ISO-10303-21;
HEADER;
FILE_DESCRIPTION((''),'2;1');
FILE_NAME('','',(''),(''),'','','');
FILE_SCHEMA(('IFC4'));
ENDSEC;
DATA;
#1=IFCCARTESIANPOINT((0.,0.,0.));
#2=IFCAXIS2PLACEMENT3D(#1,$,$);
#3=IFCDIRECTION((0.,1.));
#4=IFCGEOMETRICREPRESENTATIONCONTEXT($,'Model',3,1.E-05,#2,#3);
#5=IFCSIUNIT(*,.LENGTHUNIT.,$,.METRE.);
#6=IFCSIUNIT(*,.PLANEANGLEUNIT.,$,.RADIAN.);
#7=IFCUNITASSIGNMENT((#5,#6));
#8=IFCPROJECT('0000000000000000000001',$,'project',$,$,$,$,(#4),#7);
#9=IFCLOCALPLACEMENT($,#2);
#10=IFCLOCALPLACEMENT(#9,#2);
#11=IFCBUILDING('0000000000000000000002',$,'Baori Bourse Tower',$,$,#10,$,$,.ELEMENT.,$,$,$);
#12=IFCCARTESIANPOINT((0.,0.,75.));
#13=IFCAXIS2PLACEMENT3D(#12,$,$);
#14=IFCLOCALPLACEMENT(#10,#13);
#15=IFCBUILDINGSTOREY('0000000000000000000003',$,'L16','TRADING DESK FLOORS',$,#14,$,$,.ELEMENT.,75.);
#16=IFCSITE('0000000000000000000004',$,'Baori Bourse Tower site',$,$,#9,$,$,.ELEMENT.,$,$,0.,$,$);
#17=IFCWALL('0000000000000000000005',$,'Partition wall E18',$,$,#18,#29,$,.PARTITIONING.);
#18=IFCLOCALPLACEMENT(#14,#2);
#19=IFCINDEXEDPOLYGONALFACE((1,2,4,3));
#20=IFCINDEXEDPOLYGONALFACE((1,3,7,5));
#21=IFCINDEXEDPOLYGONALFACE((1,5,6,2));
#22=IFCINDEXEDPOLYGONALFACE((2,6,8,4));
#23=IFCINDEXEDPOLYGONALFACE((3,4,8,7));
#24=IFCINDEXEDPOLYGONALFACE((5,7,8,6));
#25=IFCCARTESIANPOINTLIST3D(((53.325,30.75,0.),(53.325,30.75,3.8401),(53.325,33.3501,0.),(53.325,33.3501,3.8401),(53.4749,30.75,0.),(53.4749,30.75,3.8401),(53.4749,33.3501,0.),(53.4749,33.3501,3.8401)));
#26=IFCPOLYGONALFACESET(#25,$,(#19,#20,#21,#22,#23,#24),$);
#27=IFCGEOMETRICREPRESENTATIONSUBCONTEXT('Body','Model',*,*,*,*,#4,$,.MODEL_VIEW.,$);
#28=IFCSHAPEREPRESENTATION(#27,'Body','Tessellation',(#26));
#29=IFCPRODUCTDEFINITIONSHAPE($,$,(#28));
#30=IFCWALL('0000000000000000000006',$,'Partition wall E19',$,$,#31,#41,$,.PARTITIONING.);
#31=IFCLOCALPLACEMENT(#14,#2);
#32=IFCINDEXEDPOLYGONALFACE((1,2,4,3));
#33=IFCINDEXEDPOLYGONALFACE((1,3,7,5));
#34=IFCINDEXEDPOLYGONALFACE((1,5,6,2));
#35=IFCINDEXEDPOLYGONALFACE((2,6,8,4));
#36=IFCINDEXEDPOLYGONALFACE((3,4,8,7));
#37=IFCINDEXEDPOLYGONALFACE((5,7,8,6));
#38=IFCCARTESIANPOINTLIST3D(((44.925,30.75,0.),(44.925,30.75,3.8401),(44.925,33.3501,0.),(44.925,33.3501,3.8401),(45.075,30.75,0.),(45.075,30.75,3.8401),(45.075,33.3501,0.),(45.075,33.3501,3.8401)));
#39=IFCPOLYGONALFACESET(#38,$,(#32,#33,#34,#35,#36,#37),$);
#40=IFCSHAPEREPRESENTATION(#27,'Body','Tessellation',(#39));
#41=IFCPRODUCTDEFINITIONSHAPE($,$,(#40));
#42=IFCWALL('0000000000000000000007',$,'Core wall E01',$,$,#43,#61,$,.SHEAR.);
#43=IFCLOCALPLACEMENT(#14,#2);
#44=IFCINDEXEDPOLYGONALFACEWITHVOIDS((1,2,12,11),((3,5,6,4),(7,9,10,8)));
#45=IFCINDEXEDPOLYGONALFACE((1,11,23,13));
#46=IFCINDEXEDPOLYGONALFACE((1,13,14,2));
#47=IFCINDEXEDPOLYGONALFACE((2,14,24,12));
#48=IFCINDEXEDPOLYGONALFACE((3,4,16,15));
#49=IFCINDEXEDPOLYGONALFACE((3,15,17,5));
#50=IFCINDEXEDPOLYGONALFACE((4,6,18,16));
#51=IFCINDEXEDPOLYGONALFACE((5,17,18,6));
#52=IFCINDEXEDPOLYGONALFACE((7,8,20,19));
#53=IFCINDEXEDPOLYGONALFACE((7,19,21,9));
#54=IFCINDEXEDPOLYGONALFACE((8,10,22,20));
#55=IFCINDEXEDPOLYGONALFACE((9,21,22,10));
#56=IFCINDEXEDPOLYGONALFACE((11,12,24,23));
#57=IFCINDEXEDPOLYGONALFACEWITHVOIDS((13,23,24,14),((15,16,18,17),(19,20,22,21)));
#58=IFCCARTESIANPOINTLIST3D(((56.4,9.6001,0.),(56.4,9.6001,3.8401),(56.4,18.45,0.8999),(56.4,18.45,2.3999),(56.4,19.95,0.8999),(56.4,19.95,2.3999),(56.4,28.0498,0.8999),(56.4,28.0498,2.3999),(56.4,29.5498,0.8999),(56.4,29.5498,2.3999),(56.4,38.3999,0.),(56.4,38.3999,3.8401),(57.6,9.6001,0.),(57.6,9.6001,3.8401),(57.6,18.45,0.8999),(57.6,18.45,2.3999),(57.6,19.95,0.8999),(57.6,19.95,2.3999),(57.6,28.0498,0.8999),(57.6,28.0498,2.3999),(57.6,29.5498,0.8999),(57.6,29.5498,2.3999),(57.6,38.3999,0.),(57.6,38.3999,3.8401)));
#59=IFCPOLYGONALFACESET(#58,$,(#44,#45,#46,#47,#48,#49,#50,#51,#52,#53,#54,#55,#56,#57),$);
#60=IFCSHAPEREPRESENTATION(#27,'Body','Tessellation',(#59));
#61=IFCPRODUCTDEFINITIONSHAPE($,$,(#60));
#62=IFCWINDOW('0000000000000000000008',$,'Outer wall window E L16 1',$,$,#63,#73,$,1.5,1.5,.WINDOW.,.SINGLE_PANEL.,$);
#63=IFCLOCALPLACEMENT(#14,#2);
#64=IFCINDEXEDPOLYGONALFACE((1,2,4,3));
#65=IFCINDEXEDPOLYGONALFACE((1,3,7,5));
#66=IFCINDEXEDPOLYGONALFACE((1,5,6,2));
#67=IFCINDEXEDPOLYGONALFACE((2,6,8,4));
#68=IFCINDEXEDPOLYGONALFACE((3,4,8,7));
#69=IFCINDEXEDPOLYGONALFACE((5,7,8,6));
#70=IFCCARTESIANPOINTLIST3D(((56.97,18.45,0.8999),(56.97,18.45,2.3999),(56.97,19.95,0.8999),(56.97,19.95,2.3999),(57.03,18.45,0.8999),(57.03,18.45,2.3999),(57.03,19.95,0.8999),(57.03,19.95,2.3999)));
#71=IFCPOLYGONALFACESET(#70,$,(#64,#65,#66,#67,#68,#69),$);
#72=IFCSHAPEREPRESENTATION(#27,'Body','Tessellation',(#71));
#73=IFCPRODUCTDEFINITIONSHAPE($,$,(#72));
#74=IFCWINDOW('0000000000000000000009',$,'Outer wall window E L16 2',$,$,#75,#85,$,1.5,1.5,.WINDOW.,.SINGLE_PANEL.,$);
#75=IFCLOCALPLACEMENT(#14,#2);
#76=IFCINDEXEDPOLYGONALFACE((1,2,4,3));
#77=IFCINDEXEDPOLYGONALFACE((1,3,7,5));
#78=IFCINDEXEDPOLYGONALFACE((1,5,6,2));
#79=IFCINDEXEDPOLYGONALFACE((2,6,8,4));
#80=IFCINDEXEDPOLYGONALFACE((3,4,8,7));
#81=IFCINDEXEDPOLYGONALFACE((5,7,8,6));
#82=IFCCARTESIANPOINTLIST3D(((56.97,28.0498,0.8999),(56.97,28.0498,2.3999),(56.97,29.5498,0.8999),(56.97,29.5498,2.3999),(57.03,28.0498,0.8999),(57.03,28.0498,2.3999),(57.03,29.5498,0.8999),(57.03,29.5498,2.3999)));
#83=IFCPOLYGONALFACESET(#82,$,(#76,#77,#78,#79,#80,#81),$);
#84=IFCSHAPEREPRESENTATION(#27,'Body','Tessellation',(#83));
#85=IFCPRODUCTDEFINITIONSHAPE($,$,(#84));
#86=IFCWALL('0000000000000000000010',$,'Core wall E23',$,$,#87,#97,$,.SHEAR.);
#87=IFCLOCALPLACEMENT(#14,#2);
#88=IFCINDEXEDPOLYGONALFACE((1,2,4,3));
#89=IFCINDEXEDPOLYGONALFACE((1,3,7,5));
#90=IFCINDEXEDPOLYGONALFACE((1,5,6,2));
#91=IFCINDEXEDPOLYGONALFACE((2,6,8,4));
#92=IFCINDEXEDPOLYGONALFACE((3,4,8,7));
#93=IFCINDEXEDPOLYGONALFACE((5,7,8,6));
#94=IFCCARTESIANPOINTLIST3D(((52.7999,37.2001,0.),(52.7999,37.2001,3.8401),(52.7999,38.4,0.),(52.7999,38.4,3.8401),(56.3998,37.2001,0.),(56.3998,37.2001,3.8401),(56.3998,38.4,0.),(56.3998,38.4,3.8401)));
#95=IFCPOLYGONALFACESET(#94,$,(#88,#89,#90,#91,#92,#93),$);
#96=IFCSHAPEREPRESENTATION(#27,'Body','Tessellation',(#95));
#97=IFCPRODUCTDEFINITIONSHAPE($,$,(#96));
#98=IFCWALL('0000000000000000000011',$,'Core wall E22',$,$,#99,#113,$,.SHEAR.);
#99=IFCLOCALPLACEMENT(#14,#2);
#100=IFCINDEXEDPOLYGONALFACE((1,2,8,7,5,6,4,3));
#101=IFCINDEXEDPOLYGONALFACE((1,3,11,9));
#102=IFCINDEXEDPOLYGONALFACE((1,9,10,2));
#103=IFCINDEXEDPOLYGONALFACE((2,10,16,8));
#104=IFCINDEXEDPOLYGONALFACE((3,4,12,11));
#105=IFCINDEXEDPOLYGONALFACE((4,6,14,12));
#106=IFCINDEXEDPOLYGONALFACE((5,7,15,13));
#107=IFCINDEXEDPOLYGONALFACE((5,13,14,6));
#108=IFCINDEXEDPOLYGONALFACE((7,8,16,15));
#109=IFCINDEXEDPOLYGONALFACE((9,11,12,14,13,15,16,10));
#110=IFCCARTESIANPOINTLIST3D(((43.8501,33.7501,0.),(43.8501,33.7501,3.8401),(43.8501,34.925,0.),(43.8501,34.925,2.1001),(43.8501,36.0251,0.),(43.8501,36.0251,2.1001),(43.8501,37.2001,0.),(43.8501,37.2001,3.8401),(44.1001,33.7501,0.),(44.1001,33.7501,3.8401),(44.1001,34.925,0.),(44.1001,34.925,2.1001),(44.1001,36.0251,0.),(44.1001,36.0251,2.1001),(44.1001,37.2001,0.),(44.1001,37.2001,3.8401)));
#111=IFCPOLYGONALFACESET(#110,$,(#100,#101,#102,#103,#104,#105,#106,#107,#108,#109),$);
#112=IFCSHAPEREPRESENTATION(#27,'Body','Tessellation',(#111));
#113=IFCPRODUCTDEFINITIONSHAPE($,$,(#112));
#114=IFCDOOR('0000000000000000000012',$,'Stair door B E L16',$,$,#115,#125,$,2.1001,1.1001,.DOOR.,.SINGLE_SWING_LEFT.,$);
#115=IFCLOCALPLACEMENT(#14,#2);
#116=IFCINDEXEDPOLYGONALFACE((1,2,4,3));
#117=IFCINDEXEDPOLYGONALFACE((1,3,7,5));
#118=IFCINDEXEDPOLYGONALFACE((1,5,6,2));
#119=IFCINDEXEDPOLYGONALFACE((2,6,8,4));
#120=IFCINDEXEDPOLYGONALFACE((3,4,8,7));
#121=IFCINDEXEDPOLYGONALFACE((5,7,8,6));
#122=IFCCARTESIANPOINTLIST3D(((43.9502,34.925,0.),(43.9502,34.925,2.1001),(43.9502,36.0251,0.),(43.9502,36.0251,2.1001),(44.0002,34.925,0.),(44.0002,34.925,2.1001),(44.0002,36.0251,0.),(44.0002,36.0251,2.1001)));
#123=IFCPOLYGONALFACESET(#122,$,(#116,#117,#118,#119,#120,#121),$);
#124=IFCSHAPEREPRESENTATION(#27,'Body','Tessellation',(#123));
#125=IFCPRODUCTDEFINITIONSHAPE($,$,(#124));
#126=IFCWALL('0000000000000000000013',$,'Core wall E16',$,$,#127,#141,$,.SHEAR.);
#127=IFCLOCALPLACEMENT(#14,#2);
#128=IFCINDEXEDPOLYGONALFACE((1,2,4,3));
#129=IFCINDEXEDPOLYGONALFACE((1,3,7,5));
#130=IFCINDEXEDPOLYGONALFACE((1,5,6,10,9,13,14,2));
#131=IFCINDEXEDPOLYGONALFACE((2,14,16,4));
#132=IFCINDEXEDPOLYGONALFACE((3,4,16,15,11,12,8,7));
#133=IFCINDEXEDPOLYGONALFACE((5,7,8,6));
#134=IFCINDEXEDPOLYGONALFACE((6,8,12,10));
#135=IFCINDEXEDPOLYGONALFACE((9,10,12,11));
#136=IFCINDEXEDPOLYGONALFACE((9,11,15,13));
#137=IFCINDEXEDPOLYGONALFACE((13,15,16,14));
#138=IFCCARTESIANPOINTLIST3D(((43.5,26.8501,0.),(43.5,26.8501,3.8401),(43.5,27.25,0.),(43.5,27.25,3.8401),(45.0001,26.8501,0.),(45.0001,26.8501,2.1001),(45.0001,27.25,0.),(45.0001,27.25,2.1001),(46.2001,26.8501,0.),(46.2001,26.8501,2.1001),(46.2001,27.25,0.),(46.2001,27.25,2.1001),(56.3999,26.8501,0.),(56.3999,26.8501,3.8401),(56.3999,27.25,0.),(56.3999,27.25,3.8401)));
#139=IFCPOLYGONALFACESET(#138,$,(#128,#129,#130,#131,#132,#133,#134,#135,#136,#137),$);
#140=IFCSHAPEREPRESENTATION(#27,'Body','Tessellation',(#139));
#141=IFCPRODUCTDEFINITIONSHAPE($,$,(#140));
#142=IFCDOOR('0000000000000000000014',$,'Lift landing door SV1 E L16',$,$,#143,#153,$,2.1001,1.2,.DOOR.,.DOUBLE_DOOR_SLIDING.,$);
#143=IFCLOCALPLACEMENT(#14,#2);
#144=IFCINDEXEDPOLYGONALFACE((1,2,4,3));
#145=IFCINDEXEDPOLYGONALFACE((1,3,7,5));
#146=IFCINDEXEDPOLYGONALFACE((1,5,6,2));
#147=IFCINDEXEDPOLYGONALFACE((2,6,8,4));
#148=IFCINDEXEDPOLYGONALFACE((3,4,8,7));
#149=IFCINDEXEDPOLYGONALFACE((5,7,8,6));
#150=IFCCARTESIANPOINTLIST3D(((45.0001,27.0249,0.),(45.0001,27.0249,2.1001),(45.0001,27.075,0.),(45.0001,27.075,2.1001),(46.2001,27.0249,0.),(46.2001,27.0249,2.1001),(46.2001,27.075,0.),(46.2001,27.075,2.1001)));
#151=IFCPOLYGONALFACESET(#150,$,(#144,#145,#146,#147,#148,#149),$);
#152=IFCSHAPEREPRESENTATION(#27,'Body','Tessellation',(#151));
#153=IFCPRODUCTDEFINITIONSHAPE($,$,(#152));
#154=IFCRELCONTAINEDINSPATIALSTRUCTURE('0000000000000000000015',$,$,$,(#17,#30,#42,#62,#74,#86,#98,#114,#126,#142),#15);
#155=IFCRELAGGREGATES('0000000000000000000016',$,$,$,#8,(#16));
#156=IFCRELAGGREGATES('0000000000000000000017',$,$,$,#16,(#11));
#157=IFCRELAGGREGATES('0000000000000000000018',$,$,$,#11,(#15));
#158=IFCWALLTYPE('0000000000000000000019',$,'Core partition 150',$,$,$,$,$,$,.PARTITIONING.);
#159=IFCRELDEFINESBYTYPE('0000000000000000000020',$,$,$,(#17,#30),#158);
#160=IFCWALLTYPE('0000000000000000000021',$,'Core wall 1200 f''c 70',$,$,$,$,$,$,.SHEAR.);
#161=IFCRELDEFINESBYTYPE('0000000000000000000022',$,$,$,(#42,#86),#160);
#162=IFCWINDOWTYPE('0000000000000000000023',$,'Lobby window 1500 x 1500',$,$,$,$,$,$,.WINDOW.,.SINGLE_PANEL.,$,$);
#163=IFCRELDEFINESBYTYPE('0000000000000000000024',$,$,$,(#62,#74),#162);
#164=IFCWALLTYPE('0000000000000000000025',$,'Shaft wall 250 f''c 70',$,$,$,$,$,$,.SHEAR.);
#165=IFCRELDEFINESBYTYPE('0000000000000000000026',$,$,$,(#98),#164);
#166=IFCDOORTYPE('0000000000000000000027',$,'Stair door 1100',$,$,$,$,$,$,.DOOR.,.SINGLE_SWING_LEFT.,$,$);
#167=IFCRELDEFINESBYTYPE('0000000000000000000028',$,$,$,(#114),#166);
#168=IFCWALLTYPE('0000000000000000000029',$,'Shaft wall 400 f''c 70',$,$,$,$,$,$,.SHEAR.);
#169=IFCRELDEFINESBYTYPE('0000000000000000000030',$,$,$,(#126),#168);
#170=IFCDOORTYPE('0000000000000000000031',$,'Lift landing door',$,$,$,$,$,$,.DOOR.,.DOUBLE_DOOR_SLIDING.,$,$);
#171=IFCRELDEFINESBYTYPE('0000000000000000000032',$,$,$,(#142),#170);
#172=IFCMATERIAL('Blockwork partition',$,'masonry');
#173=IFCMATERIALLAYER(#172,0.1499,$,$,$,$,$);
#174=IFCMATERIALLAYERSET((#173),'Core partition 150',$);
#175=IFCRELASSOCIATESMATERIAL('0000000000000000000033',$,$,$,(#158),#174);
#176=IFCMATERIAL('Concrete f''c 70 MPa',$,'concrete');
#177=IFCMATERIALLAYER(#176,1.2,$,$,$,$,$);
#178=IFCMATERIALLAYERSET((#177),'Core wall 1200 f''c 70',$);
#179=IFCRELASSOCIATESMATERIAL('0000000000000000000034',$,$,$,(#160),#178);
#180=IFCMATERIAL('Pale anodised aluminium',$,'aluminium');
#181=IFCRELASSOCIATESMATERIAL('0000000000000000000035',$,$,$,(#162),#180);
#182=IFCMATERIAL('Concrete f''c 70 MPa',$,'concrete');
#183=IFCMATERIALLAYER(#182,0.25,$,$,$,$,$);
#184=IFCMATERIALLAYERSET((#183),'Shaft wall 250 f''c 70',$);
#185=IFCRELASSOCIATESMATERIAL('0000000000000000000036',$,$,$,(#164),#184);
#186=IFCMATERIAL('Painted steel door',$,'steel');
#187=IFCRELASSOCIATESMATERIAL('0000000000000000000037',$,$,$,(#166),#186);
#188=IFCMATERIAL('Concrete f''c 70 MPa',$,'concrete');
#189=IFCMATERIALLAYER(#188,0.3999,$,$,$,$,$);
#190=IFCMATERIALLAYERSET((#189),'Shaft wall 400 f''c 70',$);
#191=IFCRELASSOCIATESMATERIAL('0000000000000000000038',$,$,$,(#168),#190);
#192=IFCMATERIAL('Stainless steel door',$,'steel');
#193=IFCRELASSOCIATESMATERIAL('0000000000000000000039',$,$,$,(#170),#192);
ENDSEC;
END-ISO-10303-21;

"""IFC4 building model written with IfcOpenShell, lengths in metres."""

from ifc_helpers import new_model, si_unit, direction, frame, frame_2d, origin, place, context, subcontext, project, spatial, rectangle, extrude, material, layer, layer_set, type_object, element, fill, save


model = new_model("IFC4")

# Units and contexts
model_context = context("Model", 3, precision=1e-05, world=origin(), true_north=direction((0.0, 1.0)))
body_context = subcontext(model_context, "Body", "Model", "MODEL_VIEW")
ifc_project = project(units=[si_unit("LENGTHUNIT", "METRE"), si_unit("PLANEANGLEUNIT", "RADIAN")], contexts=[model_context])

# Site, building, storey
site_placement = place(None, origin())
site = spatial("IfcSite", under=ifc_project, at=site_placement, Name="Baori Bourse Tower site", CompositionType="ELEMENT", RefElevation=0.0)
building_placement = place(site_placement, origin())
building = spatial("IfcBuilding", under=site, at=building_placement, Name="Baori Bourse Tower", CompositionType="ELEMENT")
storey_placement = place(building_placement, frame((0.0, 0.0, 75.0)))
storey = spatial("IfcBuildingStorey", under=building, at=storey_placement, Name="L16", Description="TRADING DESK FLOORS", CompositionType="ELEMENT", Elevation=75.0)

# Walls
ifc_material_1 = material(Name="Blockwork partition", Category="masonry")
ifc_layer_1 = layer(ifc_material_1, 0.1499)
ifc_layer_set_1 = layer_set([ifc_layer_1], Name="Core partition 150")
wall_type_1 = type_object("IfcWallType", Name="Core partition 150", PredefinedType="PARTITIONING", material=ifc_layer_set_1)
for number, where, z_axis, x_axis, name in (
    (1, (53.3999, 30.75, 0.0), (0.0, 0.0, 1.0), (0.0, 1.0, 0.0), "Partition wall E18"),
    (2, (45.0, 30.75, 0.0), (0.0, 0.0, 1.0), (0.0, 1.0, 0.0), "Partition wall E19"),
):
    element("IfcWall", number, at=place(storey_placement, frame(where, z_axis=z_axis, x_axis=x_axis)), inside=storey, type_object=wall_type_1, Name=name, PredefinedType="PARTITIONING", context=body_context, shape_type="SweptSolid", body=[
        extrude(rectangle(XDim=2.6001, YDim=0.1499, at=frame_2d((1.3, 0.0))), origin(), (0.0, 0.0, 1.0), 3.8401),
    ])

# Wall, openings, windows
ifc_material_2 = material(Name="Concrete f'c 70 MPa", Category="concrete")
ifc_layer_2 = layer(ifc_material_2, 1.2)
ifc_layer_set_2 = layer_set([ifc_layer_2], Name="Core wall 1200 f'c 70")
wall_type_2 = type_object("IfcWallType", Name="Core wall 1200 f'c 70", PredefinedType="SHEAR", material=ifc_layer_set_2)
wall_1_placement = place(storey_placement, frame((57.0, 38.3999, 0.0), z_axis=(0.0, 0.0, 1.0), x_axis=(0.0, -1.0, 0.0)))
wall_1 = element("IfcWall", 3, at=wall_1_placement, inside=storey, type_object=wall_type_2, Name="Core wall E01", PredefinedType="SHEAR", context=body_context, shape_type="SweptSolid", body=[
    extrude(rectangle(XDim=28.7998, YDim=1.2, at=frame_2d((14.3999, 0.0))), origin(), (0.0, 0.0, 1.0), 3.8401),
])
opening_1_placement = place(wall_1_placement, frame((18.45, 0.0, 0.8999)))
opening_1 = element("IfcOpeningElement", 4, at=opening_1_placement, cuts=wall_1, PredefinedType="OPENING", context=body_context, shape_type="SweptSolid", body=[
    extrude(rectangle(XDim=1.5, YDim=1.5, at=frame_2d((0.75, 0.75))), frame((0.0, 0.6099, 0.0), z_axis=(0.0, -1.0, 0.0), x_axis=(1.0, 0.0, 0.0)), (0.0, 0.0, 1.0), 1.22),
])
opening_2_placement = place(wall_1_placement, frame((8.8501, 0.0, 0.8999)))
opening_2 = element("IfcOpeningElement", 5, at=opening_2_placement, cuts=wall_1, PredefinedType="OPENING", context=body_context, shape_type="SweptSolid", body=[
    extrude(rectangle(XDim=1.5, YDim=1.5, at=frame_2d((0.75, 0.75))), frame((0.0, 0.6099, 0.0), z_axis=(0.0, -1.0, 0.0), x_axis=(1.0, 0.0, 0.0)), (0.0, 0.0, 1.0), 1.22),
])
ifc_material_3 = material(Name="Pale anodised aluminium", Category="aluminium")
window_type = type_object("IfcWindowType", Name="Lobby window 1500 x 1500", PartitioningType="SINGLE_PANEL", PredefinedType="WINDOW", material=ifc_material_3)
window_1_placement = place(opening_1_placement, origin())
window_1 = element("IfcWindow", 6, at=window_1_placement, inside=storey, type_object=window_type, Name="Outer wall window E L16 1", OverallHeight=1.5, OverallWidth=1.5, PartitioningType="SINGLE_PANEL", PredefinedType="WINDOW", context=body_context, shape_type="SweptSolid", body=[
    extrude(rectangle(XDim=1.5, YDim=1.5, at=frame_2d((0.75, 0.75))), frame((0.0, 0.03, 0.0), z_axis=(0.0, -1.0, 0.0), x_axis=(1.0, 0.0, 0.0)), (0.0, 0.0, 1.0), 0.0601),
])
fill(opening_1, window_1)
window_2_placement = place(opening_2_placement, origin())
window_2 = element("IfcWindow", 7, at=window_2_placement, inside=storey, type_object=window_type, Name="Outer wall window E L16 2", OverallHeight=1.5, OverallWidth=1.5, PartitioningType="SINGLE_PANEL", PredefinedType="WINDOW", context=body_context, shape_type="SweptSolid", body=[
    extrude(rectangle(XDim=1.5, YDim=1.5, at=frame_2d((0.75, 0.75))), frame((0.0, 0.03, 0.0), z_axis=(0.0, -1.0, 0.0), x_axis=(1.0, 0.0, 0.0)), (0.0, 0.0, 1.0), 0.0601),
])
fill(opening_2, window_2)

# Wall
wall_2_placement = place(storey_placement, frame((52.8, 37.8, 0.0), z_axis=(0.0, 0.0, 1.0), x_axis=(1.0, 0.0, 0.0)))
element("IfcWall", 8, at=wall_2_placement, inside=storey, type_object=wall_type_2, Name="Core wall E23", PredefinedType="SHEAR", context=body_context, shape_type="SweptSolid", body=[
    extrude(rectangle(XDim=3.5999, YDim=1.2, at=frame_2d((1.7998, 0.0))), origin(), (0.0, 0.0, 1.0), 3.8401),
])

# Walls, openings, doors
ifc_material_4 = material(Name="Concrete f'c 70 MPa", Category="concrete")
ifc_layer_3 = layer(ifc_material_4, 0.25)
ifc_layer_set_3 = layer_set([ifc_layer_3], Name="Shaft wall 250 f'c 70")
wall_type_3 = type_object("IfcWallType", Name="Shaft wall 250 f'c 70", PredefinedType="SHEAR", material=ifc_layer_set_3)
wall_3_placement = place(storey_placement, frame((43.9751, 33.75, 0.0), z_axis=(0.0, 0.0, 1.0), x_axis=(0.0, 1.0, 0.0)))
wall_3 = element("IfcWall", 9, at=wall_3_placement, inside=storey, type_object=wall_type_3, Name="Core wall E22", PredefinedType="SHEAR", context=body_context, shape_type="SweptSolid", body=[
    extrude(rectangle(XDim=3.45, YDim=0.25, at=frame_2d((1.7251, 0.0))), origin(), (0.0, 0.0, 1.0), 3.8401),
])
opening_3_placement = place(wall_3_placement, frame((1.175, 0.0, 0.0)))
opening_3 = element("IfcOpeningElement", 10, at=opening_3_placement, cuts=wall_3, PredefinedType="OPENING", context=body_context, shape_type="SweptSolid", body=[
    extrude(rectangle(XDim=1.1001, YDim=2.1001, at=frame_2d((0.55, 1.05))), frame((0.0, 0.135, 0.0), z_axis=(0.0, -1.0, 0.0), x_axis=(1.0, 0.0, 0.0)), (0.0, 0.0, 1.0), 0.27),
])
ifc_material_5 = material(Name="Painted steel door", Category="steel")
door_type_1 = type_object("IfcDoorType", Name="Stair door 1100", OperationType="SINGLE_SWING_LEFT", PredefinedType="DOOR", material=ifc_material_5)
door_1_placement = place(opening_3_placement, origin())
door_1 = element("IfcDoor", 11, at=door_1_placement, inside=storey, type_object=door_type_1, Name="Stair door B E L16", OperationType="SINGLE_SWING_LEFT", OverallHeight=2.1001, OverallWidth=1.1001, PredefinedType="DOOR", context=body_context, shape_type="SweptSolid", body=[
    extrude(rectangle(XDim=1.1001, YDim=2.1001, at=frame_2d((0.55, 1.05))), frame((0.0, 0.0249, 0.0), z_axis=(0.0, -1.0, 0.0), x_axis=(1.0, 0.0, 0.0)), (0.0, 0.0, 1.0), 0.05),
])
fill(opening_3, door_1)
ifc_material_6 = material(Name="Concrete f'c 70 MPa", Category="concrete")
ifc_layer_4 = layer(ifc_material_6, 0.3999)
ifc_layer_set_4 = layer_set([ifc_layer_4], Name="Shaft wall 400 f'c 70")
wall_type_4 = type_object("IfcWallType", Name="Shaft wall 400 f'c 70", PredefinedType="SHEAR", material=ifc_layer_set_4)
wall_4_placement = place(storey_placement, frame((43.5, 27.05, 0.0), z_axis=(0.0, 0.0, 1.0), x_axis=(1.0, 0.0, 0.0)))
wall_4 = element("IfcWall", 12, at=wall_4_placement, inside=storey, type_object=wall_type_4, Name="Core wall E16", PredefinedType="SHEAR", context=body_context, shape_type="SweptSolid", body=[
    extrude(rectangle(XDim=12.8999, YDim=0.3999, at=frame_2d((6.45, 0.0))), origin(), (0.0, 0.0, 1.0), 3.8401),
])
opening_4_placement = place(wall_4_placement, frame((1.5, 0.0, 0.0)))
opening_4 = element("IfcOpeningElement", 13, at=opening_4_placement, cuts=wall_4, PredefinedType="OPENING", context=body_context, shape_type="SweptSolid", body=[
    extrude(rectangle(XDim=1.2, YDim=2.1001, at=frame_2d((0.6001, 1.05))), frame((0.0, 0.21, 0.0), z_axis=(0.0, -1.0, 0.0), x_axis=(1.0, 0.0, 0.0)), (0.0, 0.0, 1.0), 0.4199),
])
ifc_material_7 = material(Name="Stainless steel door", Category="steel")
door_type_2 = type_object("IfcDoorType", Name="Lift landing door", OperationType="DOUBLE_DOOR_SLIDING", PredefinedType="DOOR", material=ifc_material_7)
door_2_placement = place(opening_4_placement, origin())
door_2 = element("IfcDoor", 14, at=door_2_placement, inside=storey, type_object=door_type_2, Name="Lift landing door SV1 E L16", OperationType="DOUBLE_DOOR_SLIDING", OverallHeight=2.1001, OverallWidth=1.2, PredefinedType="DOOR", context=body_context, shape_type="SweptSolid", body=[
    extrude(rectangle(XDim=1.2, YDim=2.1001, at=frame_2d((0.6001, 1.05))), frame((0.0, 0.0249, 0.0), z_axis=(0.0, -1.0, 0.0), x_axis=(1.0, 0.0, 0.0)), (0.0, 0.0, 1.0), 0.05),
])
fill(opening_4, door_2)

save(model, "model.ifc")
